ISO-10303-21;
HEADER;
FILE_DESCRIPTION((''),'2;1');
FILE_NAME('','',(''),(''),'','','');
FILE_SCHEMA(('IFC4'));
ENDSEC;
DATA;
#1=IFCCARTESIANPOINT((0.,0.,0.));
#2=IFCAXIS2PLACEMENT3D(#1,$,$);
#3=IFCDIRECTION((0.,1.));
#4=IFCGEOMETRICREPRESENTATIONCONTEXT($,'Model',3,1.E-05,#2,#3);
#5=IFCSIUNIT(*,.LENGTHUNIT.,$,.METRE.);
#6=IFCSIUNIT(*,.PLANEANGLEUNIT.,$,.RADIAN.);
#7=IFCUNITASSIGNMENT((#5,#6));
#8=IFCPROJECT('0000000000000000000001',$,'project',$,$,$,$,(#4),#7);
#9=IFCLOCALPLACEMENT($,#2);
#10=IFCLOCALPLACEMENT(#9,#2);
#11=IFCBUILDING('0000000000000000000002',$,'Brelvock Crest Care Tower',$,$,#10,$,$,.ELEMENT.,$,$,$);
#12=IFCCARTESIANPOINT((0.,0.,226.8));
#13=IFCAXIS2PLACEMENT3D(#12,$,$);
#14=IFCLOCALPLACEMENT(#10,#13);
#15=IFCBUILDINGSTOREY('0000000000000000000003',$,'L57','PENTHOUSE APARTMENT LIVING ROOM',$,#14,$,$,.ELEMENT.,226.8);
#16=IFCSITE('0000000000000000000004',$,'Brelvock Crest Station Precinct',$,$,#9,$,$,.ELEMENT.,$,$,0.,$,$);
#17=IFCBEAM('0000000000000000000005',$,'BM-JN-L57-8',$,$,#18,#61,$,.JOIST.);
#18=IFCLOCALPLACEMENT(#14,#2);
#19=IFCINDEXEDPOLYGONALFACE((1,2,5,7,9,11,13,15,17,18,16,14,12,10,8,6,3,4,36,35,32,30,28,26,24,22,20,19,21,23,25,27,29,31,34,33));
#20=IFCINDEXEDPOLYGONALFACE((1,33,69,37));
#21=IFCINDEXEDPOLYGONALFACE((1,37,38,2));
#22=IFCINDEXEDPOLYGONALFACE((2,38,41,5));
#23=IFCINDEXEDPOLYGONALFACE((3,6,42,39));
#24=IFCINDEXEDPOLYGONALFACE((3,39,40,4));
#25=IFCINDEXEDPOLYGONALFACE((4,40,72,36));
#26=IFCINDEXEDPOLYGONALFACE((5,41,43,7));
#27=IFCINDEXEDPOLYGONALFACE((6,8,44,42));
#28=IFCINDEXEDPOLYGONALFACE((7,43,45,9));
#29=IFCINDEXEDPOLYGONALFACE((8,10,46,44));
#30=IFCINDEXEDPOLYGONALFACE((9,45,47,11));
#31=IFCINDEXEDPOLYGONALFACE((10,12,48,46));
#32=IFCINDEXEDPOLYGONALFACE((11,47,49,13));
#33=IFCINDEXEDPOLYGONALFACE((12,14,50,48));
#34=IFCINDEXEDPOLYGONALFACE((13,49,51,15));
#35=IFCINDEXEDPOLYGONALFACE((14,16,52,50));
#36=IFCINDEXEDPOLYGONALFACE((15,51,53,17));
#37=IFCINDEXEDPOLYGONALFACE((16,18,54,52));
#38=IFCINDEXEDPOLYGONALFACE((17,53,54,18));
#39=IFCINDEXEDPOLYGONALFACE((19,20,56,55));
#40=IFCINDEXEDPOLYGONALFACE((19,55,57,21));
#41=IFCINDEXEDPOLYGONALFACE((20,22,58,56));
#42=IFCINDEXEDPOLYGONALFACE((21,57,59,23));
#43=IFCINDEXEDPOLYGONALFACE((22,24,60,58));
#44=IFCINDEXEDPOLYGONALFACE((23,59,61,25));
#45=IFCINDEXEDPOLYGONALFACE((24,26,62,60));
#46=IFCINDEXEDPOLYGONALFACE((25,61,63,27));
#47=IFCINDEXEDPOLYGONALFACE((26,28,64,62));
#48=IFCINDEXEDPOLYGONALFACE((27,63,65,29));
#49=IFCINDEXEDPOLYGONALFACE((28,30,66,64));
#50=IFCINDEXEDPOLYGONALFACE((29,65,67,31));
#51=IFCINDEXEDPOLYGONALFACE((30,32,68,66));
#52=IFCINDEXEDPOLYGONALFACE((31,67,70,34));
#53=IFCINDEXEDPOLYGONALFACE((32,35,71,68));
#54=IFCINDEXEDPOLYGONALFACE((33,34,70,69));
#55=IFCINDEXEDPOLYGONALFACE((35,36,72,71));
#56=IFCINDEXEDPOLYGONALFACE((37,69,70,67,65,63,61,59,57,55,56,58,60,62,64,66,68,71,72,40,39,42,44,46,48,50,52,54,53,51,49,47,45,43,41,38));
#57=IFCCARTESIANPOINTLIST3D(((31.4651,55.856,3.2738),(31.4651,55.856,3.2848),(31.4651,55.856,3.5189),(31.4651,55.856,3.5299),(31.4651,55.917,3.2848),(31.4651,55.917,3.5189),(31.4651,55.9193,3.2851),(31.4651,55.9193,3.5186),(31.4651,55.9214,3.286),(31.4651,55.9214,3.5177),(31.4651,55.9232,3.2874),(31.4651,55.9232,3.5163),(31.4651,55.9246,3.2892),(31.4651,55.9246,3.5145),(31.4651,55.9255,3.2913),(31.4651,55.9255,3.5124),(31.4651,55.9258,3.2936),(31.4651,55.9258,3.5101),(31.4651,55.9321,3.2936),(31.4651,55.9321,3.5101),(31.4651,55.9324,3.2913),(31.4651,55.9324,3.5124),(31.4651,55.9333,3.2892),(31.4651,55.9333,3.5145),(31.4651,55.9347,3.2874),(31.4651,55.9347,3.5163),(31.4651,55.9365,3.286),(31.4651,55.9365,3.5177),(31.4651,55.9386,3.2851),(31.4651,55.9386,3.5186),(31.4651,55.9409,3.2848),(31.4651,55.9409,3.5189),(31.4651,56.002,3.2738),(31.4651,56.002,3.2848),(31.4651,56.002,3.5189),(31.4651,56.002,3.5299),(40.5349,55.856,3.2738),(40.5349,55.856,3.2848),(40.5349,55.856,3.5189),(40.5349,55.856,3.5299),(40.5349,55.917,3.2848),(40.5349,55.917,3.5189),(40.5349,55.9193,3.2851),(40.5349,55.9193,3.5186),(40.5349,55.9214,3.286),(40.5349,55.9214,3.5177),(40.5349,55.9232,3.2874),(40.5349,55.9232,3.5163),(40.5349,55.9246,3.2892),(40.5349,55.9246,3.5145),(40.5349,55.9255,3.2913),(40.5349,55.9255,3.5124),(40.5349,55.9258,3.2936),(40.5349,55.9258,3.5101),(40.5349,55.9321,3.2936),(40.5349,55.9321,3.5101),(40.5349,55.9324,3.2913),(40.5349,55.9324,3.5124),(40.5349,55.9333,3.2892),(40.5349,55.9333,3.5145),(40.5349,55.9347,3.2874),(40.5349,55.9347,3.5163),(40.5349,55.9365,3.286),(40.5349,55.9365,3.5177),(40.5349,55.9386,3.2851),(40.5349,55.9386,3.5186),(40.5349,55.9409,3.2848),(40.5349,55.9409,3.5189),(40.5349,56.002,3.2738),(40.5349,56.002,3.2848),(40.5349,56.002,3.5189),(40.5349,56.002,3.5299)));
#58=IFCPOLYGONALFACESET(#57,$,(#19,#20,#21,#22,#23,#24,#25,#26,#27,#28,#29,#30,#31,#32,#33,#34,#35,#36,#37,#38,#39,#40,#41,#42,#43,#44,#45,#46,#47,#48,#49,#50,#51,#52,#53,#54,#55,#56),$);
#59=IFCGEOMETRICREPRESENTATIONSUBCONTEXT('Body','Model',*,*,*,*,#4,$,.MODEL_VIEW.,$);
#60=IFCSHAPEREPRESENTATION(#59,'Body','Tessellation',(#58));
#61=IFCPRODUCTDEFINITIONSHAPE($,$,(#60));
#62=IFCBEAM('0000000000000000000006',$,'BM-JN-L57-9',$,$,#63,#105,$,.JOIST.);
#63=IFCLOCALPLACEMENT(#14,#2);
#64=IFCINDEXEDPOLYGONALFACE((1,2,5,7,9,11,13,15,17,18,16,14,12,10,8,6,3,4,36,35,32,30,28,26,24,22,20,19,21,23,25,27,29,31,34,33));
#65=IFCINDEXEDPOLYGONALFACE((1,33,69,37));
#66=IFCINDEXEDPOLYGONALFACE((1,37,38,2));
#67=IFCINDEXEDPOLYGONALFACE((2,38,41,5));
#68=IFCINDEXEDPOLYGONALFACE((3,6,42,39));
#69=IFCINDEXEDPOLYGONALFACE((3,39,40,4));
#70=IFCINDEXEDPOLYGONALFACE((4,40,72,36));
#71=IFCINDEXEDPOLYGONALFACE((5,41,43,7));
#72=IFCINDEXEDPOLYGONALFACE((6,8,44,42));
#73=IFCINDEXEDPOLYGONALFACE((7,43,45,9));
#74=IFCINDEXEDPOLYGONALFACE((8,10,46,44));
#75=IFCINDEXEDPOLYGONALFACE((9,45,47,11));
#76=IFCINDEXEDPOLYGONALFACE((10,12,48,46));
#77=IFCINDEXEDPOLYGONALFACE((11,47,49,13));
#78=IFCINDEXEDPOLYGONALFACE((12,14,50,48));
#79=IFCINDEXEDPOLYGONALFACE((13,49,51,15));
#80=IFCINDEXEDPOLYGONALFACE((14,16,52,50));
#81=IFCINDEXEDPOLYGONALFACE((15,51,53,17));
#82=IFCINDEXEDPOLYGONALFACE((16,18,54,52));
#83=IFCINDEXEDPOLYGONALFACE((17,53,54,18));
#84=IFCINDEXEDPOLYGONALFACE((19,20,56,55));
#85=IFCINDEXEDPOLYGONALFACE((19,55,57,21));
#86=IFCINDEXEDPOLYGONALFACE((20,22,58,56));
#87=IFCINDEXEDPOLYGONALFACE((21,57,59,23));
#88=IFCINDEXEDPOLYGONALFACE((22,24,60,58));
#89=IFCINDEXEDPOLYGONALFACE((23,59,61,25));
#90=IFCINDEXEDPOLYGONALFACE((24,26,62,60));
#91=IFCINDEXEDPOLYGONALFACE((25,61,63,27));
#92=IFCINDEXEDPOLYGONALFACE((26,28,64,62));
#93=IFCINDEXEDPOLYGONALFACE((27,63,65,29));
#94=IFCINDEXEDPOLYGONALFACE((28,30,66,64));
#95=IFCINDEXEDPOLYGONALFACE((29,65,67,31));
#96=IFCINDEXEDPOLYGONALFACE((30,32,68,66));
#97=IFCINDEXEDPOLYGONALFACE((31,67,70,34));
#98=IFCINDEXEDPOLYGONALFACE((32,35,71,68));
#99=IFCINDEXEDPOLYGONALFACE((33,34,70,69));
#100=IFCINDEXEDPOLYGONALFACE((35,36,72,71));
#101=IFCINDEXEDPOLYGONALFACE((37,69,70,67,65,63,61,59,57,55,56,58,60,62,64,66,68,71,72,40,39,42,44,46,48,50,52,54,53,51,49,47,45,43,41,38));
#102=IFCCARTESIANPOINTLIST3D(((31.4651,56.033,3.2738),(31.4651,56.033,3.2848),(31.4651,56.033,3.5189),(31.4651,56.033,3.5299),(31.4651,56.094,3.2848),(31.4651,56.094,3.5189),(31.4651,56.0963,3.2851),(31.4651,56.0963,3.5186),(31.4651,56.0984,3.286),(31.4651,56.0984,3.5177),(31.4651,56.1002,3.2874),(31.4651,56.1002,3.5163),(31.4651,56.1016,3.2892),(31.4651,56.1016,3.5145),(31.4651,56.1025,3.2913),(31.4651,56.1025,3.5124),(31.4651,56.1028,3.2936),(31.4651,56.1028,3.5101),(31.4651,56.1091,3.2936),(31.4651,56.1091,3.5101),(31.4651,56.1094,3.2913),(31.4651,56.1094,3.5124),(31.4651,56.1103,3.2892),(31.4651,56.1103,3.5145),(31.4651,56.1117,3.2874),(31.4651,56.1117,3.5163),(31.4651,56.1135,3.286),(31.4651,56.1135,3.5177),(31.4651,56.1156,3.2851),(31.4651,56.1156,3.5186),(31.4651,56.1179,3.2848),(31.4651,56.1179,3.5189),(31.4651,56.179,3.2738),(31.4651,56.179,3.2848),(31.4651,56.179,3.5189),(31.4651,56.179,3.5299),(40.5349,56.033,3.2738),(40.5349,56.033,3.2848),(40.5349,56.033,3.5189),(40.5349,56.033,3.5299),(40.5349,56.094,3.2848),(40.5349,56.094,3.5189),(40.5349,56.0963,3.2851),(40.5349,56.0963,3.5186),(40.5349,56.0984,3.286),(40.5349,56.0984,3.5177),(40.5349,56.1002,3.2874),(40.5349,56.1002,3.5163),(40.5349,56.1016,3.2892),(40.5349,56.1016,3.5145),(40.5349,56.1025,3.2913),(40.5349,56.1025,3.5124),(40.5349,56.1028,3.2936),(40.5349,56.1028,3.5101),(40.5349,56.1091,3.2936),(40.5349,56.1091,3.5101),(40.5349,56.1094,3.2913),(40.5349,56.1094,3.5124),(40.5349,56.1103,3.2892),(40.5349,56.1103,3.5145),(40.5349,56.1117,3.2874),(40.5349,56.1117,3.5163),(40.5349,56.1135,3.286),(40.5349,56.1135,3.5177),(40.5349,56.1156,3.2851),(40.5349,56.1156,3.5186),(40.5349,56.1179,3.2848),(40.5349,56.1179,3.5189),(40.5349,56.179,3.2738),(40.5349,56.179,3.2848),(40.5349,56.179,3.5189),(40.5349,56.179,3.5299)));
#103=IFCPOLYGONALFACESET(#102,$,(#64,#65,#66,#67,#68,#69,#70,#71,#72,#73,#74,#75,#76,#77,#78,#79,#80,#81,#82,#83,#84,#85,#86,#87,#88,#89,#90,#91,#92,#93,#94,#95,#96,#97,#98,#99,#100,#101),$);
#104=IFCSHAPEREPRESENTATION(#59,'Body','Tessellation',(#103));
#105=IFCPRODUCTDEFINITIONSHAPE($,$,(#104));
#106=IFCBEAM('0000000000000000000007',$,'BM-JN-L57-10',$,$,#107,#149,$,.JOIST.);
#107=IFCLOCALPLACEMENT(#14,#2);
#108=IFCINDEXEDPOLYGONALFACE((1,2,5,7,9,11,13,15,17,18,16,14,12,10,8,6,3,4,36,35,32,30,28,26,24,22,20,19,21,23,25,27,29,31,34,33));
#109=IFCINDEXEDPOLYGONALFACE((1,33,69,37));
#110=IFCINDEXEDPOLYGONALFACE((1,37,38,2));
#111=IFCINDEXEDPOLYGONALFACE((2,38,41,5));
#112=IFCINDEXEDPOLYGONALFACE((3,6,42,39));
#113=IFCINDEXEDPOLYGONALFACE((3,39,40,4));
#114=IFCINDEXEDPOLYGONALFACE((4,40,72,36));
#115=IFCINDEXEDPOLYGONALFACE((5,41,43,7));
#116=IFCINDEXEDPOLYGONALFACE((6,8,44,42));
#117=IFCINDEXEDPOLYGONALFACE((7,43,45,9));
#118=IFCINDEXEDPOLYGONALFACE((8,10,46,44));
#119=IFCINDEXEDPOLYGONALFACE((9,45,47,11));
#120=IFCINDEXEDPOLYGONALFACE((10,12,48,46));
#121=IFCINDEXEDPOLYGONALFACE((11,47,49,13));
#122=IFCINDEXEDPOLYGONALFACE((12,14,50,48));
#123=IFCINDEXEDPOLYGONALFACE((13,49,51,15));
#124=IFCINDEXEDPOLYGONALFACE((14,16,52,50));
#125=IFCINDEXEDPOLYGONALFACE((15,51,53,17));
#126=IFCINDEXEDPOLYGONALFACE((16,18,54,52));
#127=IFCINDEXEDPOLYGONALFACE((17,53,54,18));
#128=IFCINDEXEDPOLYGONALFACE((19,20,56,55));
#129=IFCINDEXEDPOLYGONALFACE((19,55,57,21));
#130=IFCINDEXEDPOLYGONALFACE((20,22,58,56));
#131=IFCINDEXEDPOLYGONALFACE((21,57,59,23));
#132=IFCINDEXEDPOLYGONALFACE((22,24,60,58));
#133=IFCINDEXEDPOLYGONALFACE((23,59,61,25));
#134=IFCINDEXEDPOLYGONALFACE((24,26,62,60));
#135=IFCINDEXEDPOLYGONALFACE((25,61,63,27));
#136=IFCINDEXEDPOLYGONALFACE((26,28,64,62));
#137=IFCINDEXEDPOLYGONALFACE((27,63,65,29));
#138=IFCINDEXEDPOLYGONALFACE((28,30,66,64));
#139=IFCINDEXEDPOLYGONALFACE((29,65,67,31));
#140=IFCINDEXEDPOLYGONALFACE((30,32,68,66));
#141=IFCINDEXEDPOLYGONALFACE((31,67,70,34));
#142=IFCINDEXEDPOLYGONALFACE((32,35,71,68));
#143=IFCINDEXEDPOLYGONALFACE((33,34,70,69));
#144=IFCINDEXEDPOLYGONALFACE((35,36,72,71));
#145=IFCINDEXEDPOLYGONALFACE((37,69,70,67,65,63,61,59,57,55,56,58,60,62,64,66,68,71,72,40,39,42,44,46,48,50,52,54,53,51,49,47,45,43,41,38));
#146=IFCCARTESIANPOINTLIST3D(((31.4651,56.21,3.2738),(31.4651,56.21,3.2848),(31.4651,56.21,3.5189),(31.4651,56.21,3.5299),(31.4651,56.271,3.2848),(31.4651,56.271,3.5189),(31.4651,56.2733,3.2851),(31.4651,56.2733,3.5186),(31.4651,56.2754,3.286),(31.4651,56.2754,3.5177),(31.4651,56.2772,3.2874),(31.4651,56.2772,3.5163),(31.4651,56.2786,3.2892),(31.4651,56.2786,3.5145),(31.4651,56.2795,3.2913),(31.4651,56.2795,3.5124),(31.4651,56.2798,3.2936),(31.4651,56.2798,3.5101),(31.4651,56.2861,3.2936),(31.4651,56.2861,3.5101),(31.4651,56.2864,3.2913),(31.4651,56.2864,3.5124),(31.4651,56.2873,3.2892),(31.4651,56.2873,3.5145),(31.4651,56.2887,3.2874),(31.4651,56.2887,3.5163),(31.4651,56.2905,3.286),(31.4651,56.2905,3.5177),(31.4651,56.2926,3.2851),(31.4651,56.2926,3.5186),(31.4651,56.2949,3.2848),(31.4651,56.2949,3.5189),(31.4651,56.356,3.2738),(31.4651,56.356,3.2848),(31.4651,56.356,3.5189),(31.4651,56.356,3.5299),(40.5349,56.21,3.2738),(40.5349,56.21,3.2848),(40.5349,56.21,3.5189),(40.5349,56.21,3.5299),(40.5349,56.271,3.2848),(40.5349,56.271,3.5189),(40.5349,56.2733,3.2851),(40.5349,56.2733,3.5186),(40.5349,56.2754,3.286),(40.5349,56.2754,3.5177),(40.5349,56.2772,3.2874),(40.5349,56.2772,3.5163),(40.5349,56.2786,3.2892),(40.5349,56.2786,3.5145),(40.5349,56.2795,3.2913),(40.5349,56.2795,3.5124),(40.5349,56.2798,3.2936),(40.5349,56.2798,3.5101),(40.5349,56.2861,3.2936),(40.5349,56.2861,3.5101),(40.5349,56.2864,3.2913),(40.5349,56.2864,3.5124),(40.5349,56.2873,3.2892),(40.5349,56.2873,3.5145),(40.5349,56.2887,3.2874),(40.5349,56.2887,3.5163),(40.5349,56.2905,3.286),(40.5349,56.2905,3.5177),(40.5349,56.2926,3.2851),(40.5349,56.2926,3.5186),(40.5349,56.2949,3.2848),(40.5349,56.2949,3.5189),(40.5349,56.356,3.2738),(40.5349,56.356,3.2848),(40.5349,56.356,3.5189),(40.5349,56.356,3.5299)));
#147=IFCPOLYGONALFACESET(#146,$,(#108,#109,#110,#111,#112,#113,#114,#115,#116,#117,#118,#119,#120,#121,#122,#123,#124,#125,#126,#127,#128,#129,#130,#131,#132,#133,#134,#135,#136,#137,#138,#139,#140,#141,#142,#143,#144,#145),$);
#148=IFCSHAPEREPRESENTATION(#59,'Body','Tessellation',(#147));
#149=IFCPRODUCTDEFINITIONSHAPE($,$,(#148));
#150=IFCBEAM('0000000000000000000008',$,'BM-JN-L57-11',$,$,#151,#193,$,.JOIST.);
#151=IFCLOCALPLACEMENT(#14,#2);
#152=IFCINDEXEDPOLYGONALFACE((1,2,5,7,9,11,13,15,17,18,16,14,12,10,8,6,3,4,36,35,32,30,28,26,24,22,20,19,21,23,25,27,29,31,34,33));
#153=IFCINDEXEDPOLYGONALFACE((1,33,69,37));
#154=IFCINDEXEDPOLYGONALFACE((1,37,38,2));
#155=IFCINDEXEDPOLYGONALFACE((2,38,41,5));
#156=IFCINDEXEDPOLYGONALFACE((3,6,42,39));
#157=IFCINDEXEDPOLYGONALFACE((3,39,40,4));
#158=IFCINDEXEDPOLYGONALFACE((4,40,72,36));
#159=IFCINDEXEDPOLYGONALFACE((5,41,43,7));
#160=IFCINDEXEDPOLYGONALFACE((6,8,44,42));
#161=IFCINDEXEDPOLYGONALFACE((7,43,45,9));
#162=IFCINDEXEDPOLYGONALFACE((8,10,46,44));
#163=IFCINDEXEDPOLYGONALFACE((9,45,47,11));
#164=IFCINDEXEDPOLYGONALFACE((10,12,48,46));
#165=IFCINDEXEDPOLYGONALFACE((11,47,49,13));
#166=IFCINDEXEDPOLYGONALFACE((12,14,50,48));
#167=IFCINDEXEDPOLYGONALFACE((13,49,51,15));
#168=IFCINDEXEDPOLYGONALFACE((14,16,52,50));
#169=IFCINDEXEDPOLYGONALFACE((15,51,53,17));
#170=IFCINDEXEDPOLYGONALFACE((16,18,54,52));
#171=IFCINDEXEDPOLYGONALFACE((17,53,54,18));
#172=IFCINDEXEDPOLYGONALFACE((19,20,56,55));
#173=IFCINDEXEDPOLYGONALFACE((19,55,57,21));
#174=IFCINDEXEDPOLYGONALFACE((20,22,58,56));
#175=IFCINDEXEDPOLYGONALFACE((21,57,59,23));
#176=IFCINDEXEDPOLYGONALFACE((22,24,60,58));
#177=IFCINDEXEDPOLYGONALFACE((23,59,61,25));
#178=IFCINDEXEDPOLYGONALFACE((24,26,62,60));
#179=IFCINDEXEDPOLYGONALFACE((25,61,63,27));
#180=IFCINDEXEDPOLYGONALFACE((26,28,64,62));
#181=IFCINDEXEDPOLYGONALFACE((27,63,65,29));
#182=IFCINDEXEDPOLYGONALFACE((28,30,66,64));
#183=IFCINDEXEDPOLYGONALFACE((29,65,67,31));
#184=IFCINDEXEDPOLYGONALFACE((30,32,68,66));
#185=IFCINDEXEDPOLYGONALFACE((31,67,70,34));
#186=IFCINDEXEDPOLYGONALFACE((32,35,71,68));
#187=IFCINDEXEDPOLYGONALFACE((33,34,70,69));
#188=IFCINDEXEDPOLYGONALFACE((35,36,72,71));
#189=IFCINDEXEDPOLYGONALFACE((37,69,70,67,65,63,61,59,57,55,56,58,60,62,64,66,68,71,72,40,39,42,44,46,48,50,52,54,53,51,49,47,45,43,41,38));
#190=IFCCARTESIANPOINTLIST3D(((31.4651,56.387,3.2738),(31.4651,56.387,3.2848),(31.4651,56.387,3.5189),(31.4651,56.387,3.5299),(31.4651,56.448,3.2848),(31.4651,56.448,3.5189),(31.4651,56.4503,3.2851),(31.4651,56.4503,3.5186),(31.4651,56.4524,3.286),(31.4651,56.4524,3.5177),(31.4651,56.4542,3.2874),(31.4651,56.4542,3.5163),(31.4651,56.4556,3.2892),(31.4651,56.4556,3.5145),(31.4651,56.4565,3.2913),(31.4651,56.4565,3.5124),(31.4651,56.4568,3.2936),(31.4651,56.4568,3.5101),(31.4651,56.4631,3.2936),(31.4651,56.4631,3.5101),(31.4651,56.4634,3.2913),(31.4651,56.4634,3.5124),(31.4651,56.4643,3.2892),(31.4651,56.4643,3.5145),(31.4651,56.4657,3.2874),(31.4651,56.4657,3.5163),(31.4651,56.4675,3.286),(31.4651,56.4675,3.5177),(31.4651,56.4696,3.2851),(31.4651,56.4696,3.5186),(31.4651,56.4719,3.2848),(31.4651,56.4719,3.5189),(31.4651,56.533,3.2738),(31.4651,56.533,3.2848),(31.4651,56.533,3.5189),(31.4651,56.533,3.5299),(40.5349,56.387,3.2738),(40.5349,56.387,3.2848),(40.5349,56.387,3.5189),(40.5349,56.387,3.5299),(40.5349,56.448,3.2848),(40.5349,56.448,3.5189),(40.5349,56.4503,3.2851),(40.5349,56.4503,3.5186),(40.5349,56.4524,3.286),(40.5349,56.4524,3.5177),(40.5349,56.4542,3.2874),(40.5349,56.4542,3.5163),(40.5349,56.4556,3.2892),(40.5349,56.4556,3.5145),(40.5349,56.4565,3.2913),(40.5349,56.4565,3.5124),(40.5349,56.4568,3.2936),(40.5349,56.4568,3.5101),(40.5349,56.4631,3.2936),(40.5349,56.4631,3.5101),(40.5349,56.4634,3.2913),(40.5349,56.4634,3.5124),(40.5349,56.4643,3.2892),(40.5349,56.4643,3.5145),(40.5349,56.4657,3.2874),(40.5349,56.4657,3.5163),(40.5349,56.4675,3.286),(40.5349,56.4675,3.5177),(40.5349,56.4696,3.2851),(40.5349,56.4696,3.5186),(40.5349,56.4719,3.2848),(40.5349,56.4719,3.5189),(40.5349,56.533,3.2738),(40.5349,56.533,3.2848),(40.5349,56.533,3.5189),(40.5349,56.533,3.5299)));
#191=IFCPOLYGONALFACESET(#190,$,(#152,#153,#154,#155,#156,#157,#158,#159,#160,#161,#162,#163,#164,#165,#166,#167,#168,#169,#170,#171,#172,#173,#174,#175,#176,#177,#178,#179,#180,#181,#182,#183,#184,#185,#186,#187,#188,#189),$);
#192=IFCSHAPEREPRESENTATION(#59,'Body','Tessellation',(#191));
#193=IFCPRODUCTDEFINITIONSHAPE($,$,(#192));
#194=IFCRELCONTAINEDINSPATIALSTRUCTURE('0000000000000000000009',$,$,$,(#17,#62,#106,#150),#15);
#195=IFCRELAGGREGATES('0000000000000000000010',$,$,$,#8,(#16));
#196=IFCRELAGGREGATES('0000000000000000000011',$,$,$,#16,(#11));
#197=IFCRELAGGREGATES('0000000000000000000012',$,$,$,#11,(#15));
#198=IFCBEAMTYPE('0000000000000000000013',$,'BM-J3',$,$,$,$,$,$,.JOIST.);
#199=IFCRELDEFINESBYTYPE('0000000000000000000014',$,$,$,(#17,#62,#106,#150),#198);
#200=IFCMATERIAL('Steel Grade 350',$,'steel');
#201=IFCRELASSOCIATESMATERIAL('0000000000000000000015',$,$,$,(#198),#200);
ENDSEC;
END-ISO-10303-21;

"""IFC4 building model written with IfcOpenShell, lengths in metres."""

from ifc_helpers import new_model, si_unit, direction, frame, origin, origin_2d, place, context, subcontext, project, spatial, i_section, extrude, source, transform, mapped, material, material_profile, profile_set, type_object, element, save


model = new_model("IFC4")

# Units and contexts
model_context = context("Model", 3, precision=1e-05, world=origin(), true_north=direction((0.0, 1.0)))
body_context = subcontext(model_context, "Body", "Model", "MODEL_VIEW")
ifc_project = project(units=[si_unit("LENGTHUNIT", "METRE"), si_unit("PLANEANGLEUNIT", "RADIAN")], contexts=[model_context])

# Site, building, storey
site_placement = place(None, origin())
site = spatial("IfcSite", under=ifc_project, at=site_placement, Name="Brelvock Crest Station Precinct", CompositionType="ELEMENT", RefElevation=0.0)
building_placement = place(site_placement, origin())
building = spatial("IfcBuilding", under=site, at=building_placement, Name="Brelvock Crest Care Tower", CompositionType="ELEMENT")
storey_placement = place(building_placement, frame((0.0, 0.0, 226.8)))
storey = spatial("IfcBuildingStorey", under=building, at=storey_placement, Name="L57", Description="PENTHOUSE APARTMENT LIVING ROOM", CompositionType="ELEMENT", Elevation=226.8)

# Shared definitions
ifc_material_1 = material(Name="Steel Grade 350", Category="steel")

# Beams
ifc_material_profile_1 = material_profile(ifc_material_1, i_section(OverallWidth=0.146, OverallDepth=0.2561, WebThickness=0.0063, FlangeThickness=0.011, FilletRadius=0.0088, at=origin_2d()), Name="250UB37.3")
ifc_profile_set_1 = profile_set([ifc_material_profile_1], Name="Steel Grade 350")
beam_type_1 = type_object("IfcBeamType", Name="BM-J3", PredefinedType="JOIST", material=ifc_profile_set_1)
shared_shape_1 = source(origin(), body_context, "Body", "SweptSolid", [
    extrude(i_section(OverallWidth=0.146, OverallDepth=0.2561, WebThickness=0.0063, FlangeThickness=0.011, FilletRadius=0.0088, at=origin_2d()), origin(), (0.0, 0.0, 1.0), 9.0698),
])
for number, where, z_axis, x_axis, name in (
    (1, (31.4651, 55.929, 3.4019), (1.0, 0.0, 0.0), (0.0, 1.0, 0.0), "BM-JN-L57-8"),
    (2, (31.4651, 56.106, 3.4019), (1.0, 0.0, 0.0), (0.0, 1.0, 0.0), "BM-JN-L57-9"),
    (3, (31.4651, 56.283, 3.4019), (1.0, 0.0, 0.0), (0.0, 1.0, 0.0), "BM-JN-L57-10"),
    (4, (31.4651, 56.46, 3.4019), (1.0, 0.0, 0.0), (0.0, 1.0, 0.0), "BM-JN-L57-11"),
):
    element("IfcBeam", number, at=place(storey_placement, frame(where, z_axis=z_axis, x_axis=x_axis)), inside=storey, type_object=beam_type_1, Name=name, PredefinedType="JOIST", context=body_context, shape_type="MappedRepresentation", body=[
        mapped(shared_shape_1, transform((0.0, 0.0, 0.0), x_axis=(1.0, 0.0, 0.0), y_axis=(0.0, 1.0, 0.0), z_axis=(0.0, 0.0, 1.0), scale=1.0)),
    ])

save(model, "model.ifc")
